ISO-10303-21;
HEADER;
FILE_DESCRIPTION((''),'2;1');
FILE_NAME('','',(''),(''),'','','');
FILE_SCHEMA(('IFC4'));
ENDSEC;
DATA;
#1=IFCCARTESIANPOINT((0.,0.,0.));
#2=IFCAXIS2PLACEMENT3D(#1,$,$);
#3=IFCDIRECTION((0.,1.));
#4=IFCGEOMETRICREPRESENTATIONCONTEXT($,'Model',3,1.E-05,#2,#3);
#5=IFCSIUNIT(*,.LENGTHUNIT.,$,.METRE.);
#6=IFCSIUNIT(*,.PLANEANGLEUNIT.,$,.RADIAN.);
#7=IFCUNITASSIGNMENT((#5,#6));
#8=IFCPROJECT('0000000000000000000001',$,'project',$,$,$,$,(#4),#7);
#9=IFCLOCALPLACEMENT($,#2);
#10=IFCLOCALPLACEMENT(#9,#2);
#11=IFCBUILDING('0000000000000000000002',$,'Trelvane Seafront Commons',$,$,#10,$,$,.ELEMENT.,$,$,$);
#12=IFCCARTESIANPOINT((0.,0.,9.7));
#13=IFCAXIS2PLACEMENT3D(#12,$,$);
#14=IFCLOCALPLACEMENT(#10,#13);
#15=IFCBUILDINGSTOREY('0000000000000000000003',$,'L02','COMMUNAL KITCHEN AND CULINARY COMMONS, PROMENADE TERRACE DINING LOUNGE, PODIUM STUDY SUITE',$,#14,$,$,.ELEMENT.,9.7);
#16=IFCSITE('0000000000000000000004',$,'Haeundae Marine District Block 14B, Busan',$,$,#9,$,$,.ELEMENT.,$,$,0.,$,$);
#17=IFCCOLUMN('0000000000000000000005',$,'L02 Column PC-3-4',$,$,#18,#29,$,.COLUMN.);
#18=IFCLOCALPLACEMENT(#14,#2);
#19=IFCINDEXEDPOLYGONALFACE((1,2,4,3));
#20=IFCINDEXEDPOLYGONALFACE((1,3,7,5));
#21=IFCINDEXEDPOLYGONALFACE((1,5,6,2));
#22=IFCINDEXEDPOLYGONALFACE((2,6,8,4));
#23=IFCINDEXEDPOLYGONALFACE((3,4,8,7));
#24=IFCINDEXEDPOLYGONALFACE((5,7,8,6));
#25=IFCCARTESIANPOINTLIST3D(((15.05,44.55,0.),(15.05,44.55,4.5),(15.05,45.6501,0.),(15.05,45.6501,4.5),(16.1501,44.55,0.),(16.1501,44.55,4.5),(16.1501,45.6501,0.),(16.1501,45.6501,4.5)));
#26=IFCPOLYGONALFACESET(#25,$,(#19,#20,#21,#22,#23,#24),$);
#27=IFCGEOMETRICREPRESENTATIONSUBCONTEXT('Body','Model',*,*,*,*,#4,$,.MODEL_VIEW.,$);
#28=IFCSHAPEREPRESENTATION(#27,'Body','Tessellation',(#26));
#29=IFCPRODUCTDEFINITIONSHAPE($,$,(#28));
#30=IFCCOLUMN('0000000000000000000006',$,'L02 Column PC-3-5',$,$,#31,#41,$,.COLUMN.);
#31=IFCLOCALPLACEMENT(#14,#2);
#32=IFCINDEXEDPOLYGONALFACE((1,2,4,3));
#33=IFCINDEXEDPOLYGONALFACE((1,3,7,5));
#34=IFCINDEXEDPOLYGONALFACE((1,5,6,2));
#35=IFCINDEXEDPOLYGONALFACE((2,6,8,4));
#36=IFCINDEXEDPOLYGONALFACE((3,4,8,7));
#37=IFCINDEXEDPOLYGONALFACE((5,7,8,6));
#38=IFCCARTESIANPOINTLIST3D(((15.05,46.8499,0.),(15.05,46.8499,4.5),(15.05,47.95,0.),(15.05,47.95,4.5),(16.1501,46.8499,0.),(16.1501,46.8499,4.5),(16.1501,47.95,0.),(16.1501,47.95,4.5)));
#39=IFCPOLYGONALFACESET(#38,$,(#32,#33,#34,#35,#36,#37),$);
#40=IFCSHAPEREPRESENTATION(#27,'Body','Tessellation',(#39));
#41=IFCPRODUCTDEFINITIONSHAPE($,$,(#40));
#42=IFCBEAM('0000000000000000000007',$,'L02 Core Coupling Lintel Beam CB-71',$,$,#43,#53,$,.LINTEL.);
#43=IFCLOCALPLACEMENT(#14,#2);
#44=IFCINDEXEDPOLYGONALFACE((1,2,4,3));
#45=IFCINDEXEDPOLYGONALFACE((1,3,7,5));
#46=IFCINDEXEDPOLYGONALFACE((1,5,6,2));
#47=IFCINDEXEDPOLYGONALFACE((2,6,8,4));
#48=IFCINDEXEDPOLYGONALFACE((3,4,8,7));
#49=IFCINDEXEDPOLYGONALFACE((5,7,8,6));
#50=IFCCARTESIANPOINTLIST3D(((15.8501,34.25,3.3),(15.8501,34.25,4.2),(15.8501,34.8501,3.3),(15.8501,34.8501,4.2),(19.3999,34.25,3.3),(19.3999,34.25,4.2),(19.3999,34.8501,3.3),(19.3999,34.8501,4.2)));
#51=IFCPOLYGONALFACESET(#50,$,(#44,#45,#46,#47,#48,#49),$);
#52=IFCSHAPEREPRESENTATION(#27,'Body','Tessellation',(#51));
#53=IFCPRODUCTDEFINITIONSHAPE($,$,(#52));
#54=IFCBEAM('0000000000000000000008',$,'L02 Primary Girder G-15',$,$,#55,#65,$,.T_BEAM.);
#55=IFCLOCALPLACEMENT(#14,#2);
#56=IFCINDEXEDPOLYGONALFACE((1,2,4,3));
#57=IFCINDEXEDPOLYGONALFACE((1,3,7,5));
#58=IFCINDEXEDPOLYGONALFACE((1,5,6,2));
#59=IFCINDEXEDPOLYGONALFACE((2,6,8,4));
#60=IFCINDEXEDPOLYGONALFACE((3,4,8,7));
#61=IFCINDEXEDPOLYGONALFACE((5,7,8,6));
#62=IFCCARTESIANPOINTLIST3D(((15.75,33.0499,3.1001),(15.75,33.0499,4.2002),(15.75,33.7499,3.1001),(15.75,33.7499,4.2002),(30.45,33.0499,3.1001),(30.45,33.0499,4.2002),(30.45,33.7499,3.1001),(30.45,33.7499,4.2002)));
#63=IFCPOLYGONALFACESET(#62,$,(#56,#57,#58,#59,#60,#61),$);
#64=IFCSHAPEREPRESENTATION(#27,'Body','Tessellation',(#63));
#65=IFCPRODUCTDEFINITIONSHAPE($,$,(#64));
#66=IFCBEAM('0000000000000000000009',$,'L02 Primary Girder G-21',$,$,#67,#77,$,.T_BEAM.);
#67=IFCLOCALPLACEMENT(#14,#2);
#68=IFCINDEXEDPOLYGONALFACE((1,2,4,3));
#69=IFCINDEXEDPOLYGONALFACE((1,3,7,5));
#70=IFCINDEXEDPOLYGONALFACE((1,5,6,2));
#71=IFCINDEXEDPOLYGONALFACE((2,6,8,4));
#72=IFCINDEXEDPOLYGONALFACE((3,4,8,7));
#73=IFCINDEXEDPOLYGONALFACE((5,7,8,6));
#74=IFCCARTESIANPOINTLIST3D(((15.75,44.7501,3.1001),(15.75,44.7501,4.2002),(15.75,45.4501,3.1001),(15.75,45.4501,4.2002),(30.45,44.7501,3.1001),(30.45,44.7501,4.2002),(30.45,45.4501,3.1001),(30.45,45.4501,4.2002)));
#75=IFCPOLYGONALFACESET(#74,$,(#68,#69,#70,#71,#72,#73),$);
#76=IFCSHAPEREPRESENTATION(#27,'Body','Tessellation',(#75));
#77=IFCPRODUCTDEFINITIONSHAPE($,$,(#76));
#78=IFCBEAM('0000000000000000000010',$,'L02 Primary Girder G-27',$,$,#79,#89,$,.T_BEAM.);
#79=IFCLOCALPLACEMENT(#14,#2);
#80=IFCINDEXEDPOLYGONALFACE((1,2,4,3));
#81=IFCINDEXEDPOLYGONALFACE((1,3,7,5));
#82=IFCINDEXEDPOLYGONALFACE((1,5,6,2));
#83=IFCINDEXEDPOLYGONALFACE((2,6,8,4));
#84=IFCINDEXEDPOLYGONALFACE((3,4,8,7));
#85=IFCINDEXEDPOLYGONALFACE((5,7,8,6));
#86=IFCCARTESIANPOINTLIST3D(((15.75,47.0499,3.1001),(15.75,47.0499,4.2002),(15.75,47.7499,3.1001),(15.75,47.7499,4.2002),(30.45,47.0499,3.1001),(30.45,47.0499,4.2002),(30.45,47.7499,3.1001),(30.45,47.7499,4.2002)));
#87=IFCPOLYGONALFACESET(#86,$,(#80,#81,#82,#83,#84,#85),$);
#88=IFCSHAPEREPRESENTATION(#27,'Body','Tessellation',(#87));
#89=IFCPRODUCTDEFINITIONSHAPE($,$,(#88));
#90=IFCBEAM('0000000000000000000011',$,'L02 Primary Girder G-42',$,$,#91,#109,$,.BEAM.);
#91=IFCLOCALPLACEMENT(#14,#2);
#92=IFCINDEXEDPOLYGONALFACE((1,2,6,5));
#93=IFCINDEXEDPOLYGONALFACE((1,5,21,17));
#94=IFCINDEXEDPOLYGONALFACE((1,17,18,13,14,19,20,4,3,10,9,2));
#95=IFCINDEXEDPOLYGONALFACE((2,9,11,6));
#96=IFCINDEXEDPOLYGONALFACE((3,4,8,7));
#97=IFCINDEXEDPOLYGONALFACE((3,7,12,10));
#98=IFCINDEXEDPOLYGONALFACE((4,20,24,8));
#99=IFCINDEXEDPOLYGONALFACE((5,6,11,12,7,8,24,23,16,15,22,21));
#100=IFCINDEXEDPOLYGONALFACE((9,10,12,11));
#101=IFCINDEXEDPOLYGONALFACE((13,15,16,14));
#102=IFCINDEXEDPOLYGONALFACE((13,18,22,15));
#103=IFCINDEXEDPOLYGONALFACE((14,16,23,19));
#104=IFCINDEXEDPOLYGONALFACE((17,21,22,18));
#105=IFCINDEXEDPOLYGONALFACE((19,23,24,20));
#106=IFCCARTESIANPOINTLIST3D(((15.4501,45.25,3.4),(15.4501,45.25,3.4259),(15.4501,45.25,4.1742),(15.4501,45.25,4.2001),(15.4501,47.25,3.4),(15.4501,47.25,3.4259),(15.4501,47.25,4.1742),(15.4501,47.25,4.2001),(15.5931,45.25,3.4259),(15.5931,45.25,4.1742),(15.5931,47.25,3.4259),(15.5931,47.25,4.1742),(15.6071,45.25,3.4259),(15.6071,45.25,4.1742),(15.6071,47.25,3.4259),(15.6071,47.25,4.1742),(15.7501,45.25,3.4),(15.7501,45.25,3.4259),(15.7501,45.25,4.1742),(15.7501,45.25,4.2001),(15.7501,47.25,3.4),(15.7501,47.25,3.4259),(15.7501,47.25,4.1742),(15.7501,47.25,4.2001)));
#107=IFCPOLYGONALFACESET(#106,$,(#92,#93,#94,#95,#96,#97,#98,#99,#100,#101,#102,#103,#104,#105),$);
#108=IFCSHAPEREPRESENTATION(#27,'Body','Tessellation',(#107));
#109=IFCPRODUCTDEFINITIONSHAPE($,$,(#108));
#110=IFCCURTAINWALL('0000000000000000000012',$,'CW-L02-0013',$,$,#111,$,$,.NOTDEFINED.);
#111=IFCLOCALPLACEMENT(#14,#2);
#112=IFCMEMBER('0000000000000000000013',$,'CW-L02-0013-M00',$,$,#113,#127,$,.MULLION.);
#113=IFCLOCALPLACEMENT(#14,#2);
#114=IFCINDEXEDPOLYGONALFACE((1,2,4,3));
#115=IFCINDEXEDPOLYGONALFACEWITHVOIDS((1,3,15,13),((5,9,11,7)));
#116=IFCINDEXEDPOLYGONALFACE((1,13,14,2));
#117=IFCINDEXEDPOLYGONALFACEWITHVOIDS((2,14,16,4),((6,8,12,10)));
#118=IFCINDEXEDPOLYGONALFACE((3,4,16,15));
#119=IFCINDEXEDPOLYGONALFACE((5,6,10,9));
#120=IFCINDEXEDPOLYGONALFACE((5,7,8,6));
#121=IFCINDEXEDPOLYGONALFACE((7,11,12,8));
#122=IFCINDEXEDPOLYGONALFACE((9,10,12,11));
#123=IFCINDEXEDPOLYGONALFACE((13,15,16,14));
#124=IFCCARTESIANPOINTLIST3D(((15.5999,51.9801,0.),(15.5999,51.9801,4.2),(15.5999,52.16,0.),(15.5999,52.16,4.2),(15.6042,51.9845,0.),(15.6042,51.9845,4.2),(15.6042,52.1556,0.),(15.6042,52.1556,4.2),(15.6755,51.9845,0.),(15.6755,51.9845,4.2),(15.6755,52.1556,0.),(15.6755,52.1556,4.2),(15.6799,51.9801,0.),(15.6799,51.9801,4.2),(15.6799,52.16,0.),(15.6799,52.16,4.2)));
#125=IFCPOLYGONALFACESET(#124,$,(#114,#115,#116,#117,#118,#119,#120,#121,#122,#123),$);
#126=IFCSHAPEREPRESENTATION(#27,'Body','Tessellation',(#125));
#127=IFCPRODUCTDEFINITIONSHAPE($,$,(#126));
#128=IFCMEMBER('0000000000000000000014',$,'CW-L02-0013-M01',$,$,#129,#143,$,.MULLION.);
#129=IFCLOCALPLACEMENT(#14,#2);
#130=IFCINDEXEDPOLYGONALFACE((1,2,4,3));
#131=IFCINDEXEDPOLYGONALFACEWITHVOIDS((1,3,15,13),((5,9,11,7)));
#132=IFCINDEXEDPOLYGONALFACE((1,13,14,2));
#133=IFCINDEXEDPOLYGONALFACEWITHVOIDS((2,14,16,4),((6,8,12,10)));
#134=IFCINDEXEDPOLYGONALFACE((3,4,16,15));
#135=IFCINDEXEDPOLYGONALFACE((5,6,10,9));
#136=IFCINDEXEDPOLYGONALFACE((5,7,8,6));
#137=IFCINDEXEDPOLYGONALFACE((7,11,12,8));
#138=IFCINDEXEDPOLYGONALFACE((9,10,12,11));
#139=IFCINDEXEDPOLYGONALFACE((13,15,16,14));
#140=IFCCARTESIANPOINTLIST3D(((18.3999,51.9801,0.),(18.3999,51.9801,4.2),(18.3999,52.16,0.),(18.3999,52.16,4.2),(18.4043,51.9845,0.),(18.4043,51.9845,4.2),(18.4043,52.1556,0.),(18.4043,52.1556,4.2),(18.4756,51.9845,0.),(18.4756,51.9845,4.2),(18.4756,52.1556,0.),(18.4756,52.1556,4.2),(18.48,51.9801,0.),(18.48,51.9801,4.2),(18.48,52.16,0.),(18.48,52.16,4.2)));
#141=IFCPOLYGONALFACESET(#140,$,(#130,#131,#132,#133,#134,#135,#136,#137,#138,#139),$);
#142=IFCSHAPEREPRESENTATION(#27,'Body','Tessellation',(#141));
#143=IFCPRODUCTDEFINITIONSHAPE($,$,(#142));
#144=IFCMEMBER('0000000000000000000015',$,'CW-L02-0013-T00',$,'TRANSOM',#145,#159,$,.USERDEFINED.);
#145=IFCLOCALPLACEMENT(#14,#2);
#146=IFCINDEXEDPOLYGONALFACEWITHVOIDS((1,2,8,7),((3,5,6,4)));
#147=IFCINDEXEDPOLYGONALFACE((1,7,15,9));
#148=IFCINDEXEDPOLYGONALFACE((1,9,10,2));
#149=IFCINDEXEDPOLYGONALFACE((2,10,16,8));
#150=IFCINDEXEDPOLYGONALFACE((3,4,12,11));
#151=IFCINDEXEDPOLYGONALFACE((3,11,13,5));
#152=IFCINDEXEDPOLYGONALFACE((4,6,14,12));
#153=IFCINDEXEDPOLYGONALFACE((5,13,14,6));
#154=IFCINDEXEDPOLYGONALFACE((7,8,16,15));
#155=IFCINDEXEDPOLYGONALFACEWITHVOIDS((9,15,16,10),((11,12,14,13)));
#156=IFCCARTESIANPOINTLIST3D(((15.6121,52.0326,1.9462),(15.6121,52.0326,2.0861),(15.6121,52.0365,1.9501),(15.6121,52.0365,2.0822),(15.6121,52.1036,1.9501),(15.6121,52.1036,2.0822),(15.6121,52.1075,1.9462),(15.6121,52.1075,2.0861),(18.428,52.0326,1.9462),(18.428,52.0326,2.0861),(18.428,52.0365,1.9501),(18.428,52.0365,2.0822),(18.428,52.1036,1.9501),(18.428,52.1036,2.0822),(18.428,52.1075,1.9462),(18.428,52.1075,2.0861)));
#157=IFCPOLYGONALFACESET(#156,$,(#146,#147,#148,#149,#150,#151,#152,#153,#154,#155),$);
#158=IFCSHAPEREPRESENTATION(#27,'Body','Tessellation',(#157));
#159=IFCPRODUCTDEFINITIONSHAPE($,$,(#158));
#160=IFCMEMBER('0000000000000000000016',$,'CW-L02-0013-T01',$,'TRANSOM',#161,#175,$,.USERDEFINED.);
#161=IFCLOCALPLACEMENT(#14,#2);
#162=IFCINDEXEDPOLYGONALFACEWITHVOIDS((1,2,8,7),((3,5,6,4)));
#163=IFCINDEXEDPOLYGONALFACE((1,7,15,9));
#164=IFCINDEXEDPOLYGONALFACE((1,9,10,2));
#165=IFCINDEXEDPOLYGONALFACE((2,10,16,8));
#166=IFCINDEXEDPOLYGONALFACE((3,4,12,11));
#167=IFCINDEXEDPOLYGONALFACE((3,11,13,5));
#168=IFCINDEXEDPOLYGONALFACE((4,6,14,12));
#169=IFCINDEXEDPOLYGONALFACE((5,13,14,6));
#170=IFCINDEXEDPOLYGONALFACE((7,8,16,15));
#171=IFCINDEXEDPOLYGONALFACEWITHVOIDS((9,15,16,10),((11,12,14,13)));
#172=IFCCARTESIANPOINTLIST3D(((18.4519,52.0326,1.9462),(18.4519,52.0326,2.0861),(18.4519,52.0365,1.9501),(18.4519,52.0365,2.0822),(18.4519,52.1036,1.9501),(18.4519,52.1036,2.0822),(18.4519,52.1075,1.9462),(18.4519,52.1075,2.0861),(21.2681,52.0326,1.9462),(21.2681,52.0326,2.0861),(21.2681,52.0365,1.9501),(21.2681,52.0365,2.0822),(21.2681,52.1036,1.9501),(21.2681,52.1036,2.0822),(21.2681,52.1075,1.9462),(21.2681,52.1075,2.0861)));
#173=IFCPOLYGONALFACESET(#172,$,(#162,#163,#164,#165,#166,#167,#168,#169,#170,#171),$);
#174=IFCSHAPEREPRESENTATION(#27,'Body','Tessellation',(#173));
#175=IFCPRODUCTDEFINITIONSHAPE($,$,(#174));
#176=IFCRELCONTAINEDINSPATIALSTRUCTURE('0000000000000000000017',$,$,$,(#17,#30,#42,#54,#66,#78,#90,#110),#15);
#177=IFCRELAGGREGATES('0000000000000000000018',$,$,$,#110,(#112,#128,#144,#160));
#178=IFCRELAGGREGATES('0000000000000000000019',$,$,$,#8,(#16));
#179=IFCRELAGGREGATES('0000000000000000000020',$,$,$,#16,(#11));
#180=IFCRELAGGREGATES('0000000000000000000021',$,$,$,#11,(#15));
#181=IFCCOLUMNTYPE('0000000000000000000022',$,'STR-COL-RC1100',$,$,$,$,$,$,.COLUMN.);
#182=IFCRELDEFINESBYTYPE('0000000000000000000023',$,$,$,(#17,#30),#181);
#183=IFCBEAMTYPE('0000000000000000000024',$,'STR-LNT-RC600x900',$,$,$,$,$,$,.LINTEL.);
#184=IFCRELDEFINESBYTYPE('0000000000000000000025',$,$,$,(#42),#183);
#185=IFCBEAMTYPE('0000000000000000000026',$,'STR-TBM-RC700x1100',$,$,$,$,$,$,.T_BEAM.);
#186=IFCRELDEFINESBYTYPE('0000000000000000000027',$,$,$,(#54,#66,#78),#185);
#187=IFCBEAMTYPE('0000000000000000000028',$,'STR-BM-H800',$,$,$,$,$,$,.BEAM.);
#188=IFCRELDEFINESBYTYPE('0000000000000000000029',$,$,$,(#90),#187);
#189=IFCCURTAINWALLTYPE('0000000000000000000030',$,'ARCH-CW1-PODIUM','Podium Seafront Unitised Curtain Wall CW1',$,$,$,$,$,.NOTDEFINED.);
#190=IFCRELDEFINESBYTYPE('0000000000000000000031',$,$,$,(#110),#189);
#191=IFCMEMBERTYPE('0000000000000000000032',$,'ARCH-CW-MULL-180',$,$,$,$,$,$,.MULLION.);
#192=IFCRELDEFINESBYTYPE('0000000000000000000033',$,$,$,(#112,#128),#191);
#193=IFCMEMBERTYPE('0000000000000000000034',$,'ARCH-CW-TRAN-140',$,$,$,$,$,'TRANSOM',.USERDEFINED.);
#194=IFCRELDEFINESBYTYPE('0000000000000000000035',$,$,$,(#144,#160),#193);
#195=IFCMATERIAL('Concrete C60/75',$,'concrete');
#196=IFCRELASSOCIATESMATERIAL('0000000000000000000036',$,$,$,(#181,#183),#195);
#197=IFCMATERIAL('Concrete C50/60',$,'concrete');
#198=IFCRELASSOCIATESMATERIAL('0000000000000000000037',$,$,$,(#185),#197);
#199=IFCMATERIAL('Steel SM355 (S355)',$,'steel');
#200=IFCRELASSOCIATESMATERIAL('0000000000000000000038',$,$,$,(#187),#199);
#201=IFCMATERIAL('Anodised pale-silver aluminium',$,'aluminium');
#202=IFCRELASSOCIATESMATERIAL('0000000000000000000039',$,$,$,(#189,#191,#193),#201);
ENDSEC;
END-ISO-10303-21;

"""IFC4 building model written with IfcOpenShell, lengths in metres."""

from ifc_helpers import new_model, si_unit, direction, frame, origin, origin_2d, place, context, subcontext, project, spatial, rectangle, hollow_rectangle, i_section, extrude, source, transform, mapped, material, material_profile, profile_set, type_object, element, aggregate, save


model = new_model("IFC4")

# Units and contexts
model_context = context("Model", 3, precision=1e-05, world=origin(), true_north=direction((0.0, 1.0)))
body_context = subcontext(model_context, "Body", "Model", "MODEL_VIEW")
ifc_project = project(units=[si_unit("LENGTHUNIT", "METRE"), si_unit("PLANEANGLEUNIT", "RADIAN")], contexts=[model_context])

# Site, building, storey
site_placement = place(None, origin())
site = spatial("IfcSite", under=ifc_project, at=site_placement, Name="Haeundae Marine District Block 14B, Busan", CompositionType="ELEMENT", RefElevation=0.0)
building_placement = place(site_placement, origin())
building = spatial("IfcBuilding", under=site, at=building_placement, Name="Trelvane Seafront Commons", CompositionType="ELEMENT")
storey_placement = place(building_placement, frame((0.0, 0.0, 9.7)))
storey = spatial("IfcBuildingStorey", under=building, at=storey_placement, Name="L02", Description="COMMUNAL KITCHEN AND CULINARY COMMONS, PROMENADE TERRACE DINING LOUNGE, PODIUM STUDY SUITE", CompositionType="ELEMENT", Elevation=9.7)

# Columns
ifc_material_1 = material(Name="Concrete C60/75", Category="concrete")
ifc_material_profile_1 = material_profile(ifc_material_1, rectangle(XDim=1.1001, YDim=1.1001, at=origin_2d()), Name="RC-1100x1100")
ifc_profile_set_1 = profile_set([ifc_material_profile_1], Name="Concrete C60/75")
column_type = type_object("IfcColumnType", Name="STR-COL-RC1100", PredefinedType="COLUMN", material=ifc_profile_set_1)
shared_shape_1 = source(origin(), body_context, "Body", "SweptSolid", [
    extrude(rectangle(XDim=1.1001, YDim=1.1001, at=origin_2d()), origin(), (0.0, 0.0, 1.0), 4.5),
])
for number, where, z_axis, x_axis, name in (
    (1, (15.6001, 45.1001, 0.0), (0.0, 0.0, 1.0), (1.0, 0.0, 0.0), "L02 Column PC-3-4"),
    (2, (15.6001, 47.3999, 0.0), (0.0, 0.0, 1.0), (1.0, 0.0, 0.0), "L02 Column PC-3-5"),
):
    element("IfcColumn", number, at=place(storey_placement, frame(where, z_axis=z_axis, x_axis=x_axis)), inside=storey, type_object=column_type, Name=name, PredefinedType="COLUMN", context=body_context, shape_type="MappedRepresentation", body=[
        mapped(shared_shape_1, transform((0.0, 0.0, 0.0), x_axis=(1.0, 0.0, 0.0), y_axis=(0.0, 1.0, 0.0), z_axis=(0.0, 0.0, 1.0), scale=1.0)),
    ])

# Beams
ifc_material_profile_2 = material_profile(ifc_material_1, rectangle(XDim=0.6001, YDim=0.8999, at=origin_2d()), Name="RC-600x900")
ifc_profile_set_2 = profile_set([ifc_material_profile_2], Name="Concrete C60/75")
beam_type_1 = type_object("IfcBeamType", Name="STR-LNT-RC600x900", PredefinedType="LINTEL", material=ifc_profile_set_2)
shared_shape_2 = source(origin(), body_context, "Body", "SweptSolid", [
    extrude(rectangle(XDim=0.6001, YDim=0.8999, at=origin_2d()), origin(), (0.0, 0.0, 1.0), 3.5498),
])
beam_1_placement = place(storey_placement, frame((15.8501, 34.55, 3.75), z_axis=(1.0, 0.0, 0.0), x_axis=(0.0, 1.0, 0.0)))
element("IfcBeam", 3, at=beam_1_placement, inside=storey, type_object=beam_type_1, Name="L02 Core Coupling Lintel Beam CB-71", PredefinedType="LINTEL", context=body_context, shape_type="MappedRepresentation", body=[
    mapped(shared_shape_2, transform((0.0, 0.0, 0.0), x_axis=(1.0, 0.0, 0.0), y_axis=(0.0, 1.0, 0.0), z_axis=(0.0, 0.0, 1.0), scale=1.0)),
])
ifc_material_2 = material(Name="Concrete C50/60", Category="concrete")
ifc_material_profile_3 = material_profile(ifc_material_2, rectangle(XDim=0.7, YDim=1.1001, at=origin_2d()), Name="RC-700x1100")
ifc_profile_set_3 = profile_set([ifc_material_profile_3], Name="Concrete C50/60")
beam_type_2 = type_object("IfcBeamType", Name="STR-TBM-RC700x1100", PredefinedType="T_BEAM", material=ifc_profile_set_3)
shared_shape_3 = source(origin(), body_context, "Body", "SweptSolid", [
    extrude(rectangle(XDim=0.7, YDim=1.1001, at=origin_2d()), origin(), (0.0, 0.0, 1.0), 14.7),
])
for number, where, z_axis, x_axis, name in (
    (4, (15.75, 33.3999, 3.6501), (1.0, 0.0, 0.0), (0.0, 1.0, 0.0), "L02 Primary Girder G-15"),
    (5, (15.75, 45.1001, 3.6501), (1.0, 0.0, 0.0), (0.0, 1.0, 0.0), "L02 Primary Girder G-21"),
    (6, (15.75, 47.3999, 3.6501), (1.0, 0.0, 0.0), (0.0, 1.0, 0.0), "L02 Primary Girder G-27"),
):
    element("IfcBeam", number, at=place(storey_placement, frame(where, z_axis=z_axis, x_axis=x_axis)), inside=storey, type_object=beam_type_2, Name=name, PredefinedType="T_BEAM", context=body_context, shape_type="MappedRepresentation", body=[
        mapped(shared_shape_3, transform((0.0, 0.0, 0.0), x_axis=(1.0, 0.0, 0.0), y_axis=(0.0, 1.0, 0.0), z_axis=(0.0, 0.0, 1.0), scale=1.0)),
    ])
ifc_material_3 = material(Name="Steel SM355 (S355)", Category="steel")
ifc_material_profile_4 = material_profile(ifc_material_3, i_section(OverallWidth=0.3, OverallDepth=0.8, WebThickness=0.0139, FlangeThickness=0.0259, at=origin_2d()), Name="H-800x300x14x26")
ifc_profile_set_4 = profile_set([ifc_material_profile_4], Name="Steel SM355 (S355)")
beam_type_3 = type_object("IfcBeamType", Name="STR-BM-H800", PredefinedType="BEAM", material=ifc_profile_set_4)
shared_shape_4 = source(origin(), body_context, "Body", "SweptSolid", [
    extrude(i_section(OverallWidth=0.3, OverallDepth=0.8, WebThickness=0.0139, FlangeThickness=0.0259, at=origin_2d()), origin(), (0.0, 0.0, 1.0), 2.0),
])
beam_2_placement = place(storey_placement, frame((15.6001, 45.25, 3.8), z_axis=(0.0, 1.0, 0.0), x_axis=(-1.0, 0.0, 0.0)))
element("IfcBeam", 7, at=beam_2_placement, inside=storey, type_object=beam_type_3, Name="L02 Primary Girder G-42", PredefinedType="BEAM", context=body_context, shape_type="MappedRepresentation", body=[
    mapped(shared_shape_4, transform((0.0, 0.0, 0.0), x_axis=(1.0, 0.0, 0.0), y_axis=(0.0, 1.0, 0.0), z_axis=(0.0, 0.0, 1.0), scale=1.0)),
])

# Curtain wall, members
ifc_material_4 = material(Name="Anodised pale-silver aluminium", Category="aluminium")
curtain_wall_type = type_object("IfcCurtainWallType", Name="ARCH-CW1-PODIUM", Description="Podium Seafront Unitised Curtain Wall CW1", PredefinedType="NOTDEFINED", material=ifc_material_4)
curtain_wall_placement = place(storey_placement, origin())
curtain_wall = element("IfcCurtainWall", 8, at=curtain_wall_placement, inside=storey, type_object=curtain_wall_type, Name="CW-L02-0013", PredefinedType="NOTDEFINED")
ifc_material_profile_5 = material_profile(ifc_material_4, hollow_rectangle(XDim=0.0801, YDim=0.1799, WallThickness=0.0044, at=origin_2d()), Name="MULL-80x180x4.5")
ifc_profile_set_5 = profile_set([ifc_material_profile_5], Name="Anodised pale-silver aluminium")
member_type_1 = type_object("IfcMemberType", Name="ARCH-CW-MULL-180", PredefinedType="MULLION", material=ifc_profile_set_5)
shared_shape_5 = source(origin(), body_context, "Body", "SweptSolid", [
    extrude(hollow_rectangle(XDim=0.0801, YDim=0.1799, WallThickness=0.0044, at=origin_2d()), origin(), (0.0, 0.0, 1.0), 4.2),
])
member_1_placement = place(storey_placement, frame((15.6399, 52.0701, 0.0), z_axis=(0.0, 0.0, 1.0), x_axis=(1.0, 0.0, 0.0)))
member_1 = element("IfcMember", 9, at=member_1_placement, type_object=member_type_1, Name="CW-L02-0013-M00", PredefinedType="MULLION", context=body_context, shape_type="MappedRepresentation", body=[
    mapped(shared_shape_5, transform((0.0, 0.0, 0.0), x_axis=(1.0, 0.0, 0.0), y_axis=(0.0, 1.0, 0.0), z_axis=(0.0, 0.0, 1.0), scale=1.0)),
])
member_2_placement = place(storey_placement, frame((18.4399, 52.0701, 0.0), z_axis=(0.0, 0.0, 1.0), x_axis=(1.0, 0.0, 0.0)))
member_2 = element("IfcMember", 10, at=member_2_placement, type_object=member_type_1, Name="CW-L02-0013-M01", PredefinedType="MULLION", context=body_context, shape_type="MappedRepresentation", body=[
    mapped(shared_shape_5, transform((0.0, 0.0, 0.0), x_axis=(1.0, 0.0, 0.0), y_axis=(0.0, 1.0, 0.0), z_axis=(0.0, 0.0, 1.0), scale=1.0)),
])
ifc_material_profile_6 = material_profile(ifc_material_4, hollow_rectangle(XDim=0.075, YDim=0.1399, WallThickness=0.0039, at=origin_2d()), Name="TRAN-75x140x4")
ifc_profile_set_6 = profile_set([ifc_material_profile_6], Name="Anodised pale-silver aluminium")
member_type_2 = type_object("IfcMemberType", Name="ARCH-CW-TRAN-140", ElementType="TRANSOM", PredefinedType="USERDEFINED", material=ifc_profile_set_6)
shared_shape_6 = source(origin(), body_context, "Body", "SweptSolid", [
    extrude(hollow_rectangle(XDim=0.075, YDim=0.1399, WallThickness=0.0039, at=origin_2d()), origin(), (0.0, 0.0, 1.0), 2.8159),
])
member_3_placement = place(storey_placement, frame((15.6121, 52.0701, 2.0161), z_axis=(1.0, 0.0, 0.0), x_axis=(0.0, 1.0, 0.0)))
member_3 = element("IfcMember", 11, at=member_3_placement, type_object=member_type_2, Name="CW-L02-0013-T00", ObjectType="TRANSOM", PredefinedType="USERDEFINED", context=body_context, shape_type="MappedRepresentation", body=[
    mapped(shared_shape_6, transform((0.0, 0.0, 0.0), x_axis=(1.0, 0.0, 0.0), y_axis=(0.0, 1.0, 0.0), z_axis=(0.0, 0.0, 1.0), scale=1.0)),
])
shared_shape_7 = source(origin(), body_context, "Body", "SweptSolid", [
    extrude(hollow_rectangle(XDim=0.075, YDim=0.1399, WallThickness=0.0039, at=origin_2d()), origin(), (0.0, 0.0, 1.0), 2.8162),
])
member_4_placement = place(storey_placement, frame((18.4519, 52.0701, 2.0161), z_axis=(1.0, 0.0, 0.0), x_axis=(0.0, 1.0, 0.0)))
member_4 = element("IfcMember", 12, at=member_4_placement, type_object=member_type_2, Name="CW-L02-0013-T01", ObjectType="TRANSOM", PredefinedType="USERDEFINED", context=body_context, shape_type="MappedRepresentation", body=[
    mapped(shared_shape_7, transform((0.0, 0.0, 0.0), x_axis=(1.0, 0.0, 0.0), y_axis=(0.0, 1.0, 0.0), z_axis=(0.0, 0.0, 1.0), scale=1.0)),
])
aggregate(curtain_wall, [member_1, member_2, member_3, member_4])

save(model, "model.ifc")
